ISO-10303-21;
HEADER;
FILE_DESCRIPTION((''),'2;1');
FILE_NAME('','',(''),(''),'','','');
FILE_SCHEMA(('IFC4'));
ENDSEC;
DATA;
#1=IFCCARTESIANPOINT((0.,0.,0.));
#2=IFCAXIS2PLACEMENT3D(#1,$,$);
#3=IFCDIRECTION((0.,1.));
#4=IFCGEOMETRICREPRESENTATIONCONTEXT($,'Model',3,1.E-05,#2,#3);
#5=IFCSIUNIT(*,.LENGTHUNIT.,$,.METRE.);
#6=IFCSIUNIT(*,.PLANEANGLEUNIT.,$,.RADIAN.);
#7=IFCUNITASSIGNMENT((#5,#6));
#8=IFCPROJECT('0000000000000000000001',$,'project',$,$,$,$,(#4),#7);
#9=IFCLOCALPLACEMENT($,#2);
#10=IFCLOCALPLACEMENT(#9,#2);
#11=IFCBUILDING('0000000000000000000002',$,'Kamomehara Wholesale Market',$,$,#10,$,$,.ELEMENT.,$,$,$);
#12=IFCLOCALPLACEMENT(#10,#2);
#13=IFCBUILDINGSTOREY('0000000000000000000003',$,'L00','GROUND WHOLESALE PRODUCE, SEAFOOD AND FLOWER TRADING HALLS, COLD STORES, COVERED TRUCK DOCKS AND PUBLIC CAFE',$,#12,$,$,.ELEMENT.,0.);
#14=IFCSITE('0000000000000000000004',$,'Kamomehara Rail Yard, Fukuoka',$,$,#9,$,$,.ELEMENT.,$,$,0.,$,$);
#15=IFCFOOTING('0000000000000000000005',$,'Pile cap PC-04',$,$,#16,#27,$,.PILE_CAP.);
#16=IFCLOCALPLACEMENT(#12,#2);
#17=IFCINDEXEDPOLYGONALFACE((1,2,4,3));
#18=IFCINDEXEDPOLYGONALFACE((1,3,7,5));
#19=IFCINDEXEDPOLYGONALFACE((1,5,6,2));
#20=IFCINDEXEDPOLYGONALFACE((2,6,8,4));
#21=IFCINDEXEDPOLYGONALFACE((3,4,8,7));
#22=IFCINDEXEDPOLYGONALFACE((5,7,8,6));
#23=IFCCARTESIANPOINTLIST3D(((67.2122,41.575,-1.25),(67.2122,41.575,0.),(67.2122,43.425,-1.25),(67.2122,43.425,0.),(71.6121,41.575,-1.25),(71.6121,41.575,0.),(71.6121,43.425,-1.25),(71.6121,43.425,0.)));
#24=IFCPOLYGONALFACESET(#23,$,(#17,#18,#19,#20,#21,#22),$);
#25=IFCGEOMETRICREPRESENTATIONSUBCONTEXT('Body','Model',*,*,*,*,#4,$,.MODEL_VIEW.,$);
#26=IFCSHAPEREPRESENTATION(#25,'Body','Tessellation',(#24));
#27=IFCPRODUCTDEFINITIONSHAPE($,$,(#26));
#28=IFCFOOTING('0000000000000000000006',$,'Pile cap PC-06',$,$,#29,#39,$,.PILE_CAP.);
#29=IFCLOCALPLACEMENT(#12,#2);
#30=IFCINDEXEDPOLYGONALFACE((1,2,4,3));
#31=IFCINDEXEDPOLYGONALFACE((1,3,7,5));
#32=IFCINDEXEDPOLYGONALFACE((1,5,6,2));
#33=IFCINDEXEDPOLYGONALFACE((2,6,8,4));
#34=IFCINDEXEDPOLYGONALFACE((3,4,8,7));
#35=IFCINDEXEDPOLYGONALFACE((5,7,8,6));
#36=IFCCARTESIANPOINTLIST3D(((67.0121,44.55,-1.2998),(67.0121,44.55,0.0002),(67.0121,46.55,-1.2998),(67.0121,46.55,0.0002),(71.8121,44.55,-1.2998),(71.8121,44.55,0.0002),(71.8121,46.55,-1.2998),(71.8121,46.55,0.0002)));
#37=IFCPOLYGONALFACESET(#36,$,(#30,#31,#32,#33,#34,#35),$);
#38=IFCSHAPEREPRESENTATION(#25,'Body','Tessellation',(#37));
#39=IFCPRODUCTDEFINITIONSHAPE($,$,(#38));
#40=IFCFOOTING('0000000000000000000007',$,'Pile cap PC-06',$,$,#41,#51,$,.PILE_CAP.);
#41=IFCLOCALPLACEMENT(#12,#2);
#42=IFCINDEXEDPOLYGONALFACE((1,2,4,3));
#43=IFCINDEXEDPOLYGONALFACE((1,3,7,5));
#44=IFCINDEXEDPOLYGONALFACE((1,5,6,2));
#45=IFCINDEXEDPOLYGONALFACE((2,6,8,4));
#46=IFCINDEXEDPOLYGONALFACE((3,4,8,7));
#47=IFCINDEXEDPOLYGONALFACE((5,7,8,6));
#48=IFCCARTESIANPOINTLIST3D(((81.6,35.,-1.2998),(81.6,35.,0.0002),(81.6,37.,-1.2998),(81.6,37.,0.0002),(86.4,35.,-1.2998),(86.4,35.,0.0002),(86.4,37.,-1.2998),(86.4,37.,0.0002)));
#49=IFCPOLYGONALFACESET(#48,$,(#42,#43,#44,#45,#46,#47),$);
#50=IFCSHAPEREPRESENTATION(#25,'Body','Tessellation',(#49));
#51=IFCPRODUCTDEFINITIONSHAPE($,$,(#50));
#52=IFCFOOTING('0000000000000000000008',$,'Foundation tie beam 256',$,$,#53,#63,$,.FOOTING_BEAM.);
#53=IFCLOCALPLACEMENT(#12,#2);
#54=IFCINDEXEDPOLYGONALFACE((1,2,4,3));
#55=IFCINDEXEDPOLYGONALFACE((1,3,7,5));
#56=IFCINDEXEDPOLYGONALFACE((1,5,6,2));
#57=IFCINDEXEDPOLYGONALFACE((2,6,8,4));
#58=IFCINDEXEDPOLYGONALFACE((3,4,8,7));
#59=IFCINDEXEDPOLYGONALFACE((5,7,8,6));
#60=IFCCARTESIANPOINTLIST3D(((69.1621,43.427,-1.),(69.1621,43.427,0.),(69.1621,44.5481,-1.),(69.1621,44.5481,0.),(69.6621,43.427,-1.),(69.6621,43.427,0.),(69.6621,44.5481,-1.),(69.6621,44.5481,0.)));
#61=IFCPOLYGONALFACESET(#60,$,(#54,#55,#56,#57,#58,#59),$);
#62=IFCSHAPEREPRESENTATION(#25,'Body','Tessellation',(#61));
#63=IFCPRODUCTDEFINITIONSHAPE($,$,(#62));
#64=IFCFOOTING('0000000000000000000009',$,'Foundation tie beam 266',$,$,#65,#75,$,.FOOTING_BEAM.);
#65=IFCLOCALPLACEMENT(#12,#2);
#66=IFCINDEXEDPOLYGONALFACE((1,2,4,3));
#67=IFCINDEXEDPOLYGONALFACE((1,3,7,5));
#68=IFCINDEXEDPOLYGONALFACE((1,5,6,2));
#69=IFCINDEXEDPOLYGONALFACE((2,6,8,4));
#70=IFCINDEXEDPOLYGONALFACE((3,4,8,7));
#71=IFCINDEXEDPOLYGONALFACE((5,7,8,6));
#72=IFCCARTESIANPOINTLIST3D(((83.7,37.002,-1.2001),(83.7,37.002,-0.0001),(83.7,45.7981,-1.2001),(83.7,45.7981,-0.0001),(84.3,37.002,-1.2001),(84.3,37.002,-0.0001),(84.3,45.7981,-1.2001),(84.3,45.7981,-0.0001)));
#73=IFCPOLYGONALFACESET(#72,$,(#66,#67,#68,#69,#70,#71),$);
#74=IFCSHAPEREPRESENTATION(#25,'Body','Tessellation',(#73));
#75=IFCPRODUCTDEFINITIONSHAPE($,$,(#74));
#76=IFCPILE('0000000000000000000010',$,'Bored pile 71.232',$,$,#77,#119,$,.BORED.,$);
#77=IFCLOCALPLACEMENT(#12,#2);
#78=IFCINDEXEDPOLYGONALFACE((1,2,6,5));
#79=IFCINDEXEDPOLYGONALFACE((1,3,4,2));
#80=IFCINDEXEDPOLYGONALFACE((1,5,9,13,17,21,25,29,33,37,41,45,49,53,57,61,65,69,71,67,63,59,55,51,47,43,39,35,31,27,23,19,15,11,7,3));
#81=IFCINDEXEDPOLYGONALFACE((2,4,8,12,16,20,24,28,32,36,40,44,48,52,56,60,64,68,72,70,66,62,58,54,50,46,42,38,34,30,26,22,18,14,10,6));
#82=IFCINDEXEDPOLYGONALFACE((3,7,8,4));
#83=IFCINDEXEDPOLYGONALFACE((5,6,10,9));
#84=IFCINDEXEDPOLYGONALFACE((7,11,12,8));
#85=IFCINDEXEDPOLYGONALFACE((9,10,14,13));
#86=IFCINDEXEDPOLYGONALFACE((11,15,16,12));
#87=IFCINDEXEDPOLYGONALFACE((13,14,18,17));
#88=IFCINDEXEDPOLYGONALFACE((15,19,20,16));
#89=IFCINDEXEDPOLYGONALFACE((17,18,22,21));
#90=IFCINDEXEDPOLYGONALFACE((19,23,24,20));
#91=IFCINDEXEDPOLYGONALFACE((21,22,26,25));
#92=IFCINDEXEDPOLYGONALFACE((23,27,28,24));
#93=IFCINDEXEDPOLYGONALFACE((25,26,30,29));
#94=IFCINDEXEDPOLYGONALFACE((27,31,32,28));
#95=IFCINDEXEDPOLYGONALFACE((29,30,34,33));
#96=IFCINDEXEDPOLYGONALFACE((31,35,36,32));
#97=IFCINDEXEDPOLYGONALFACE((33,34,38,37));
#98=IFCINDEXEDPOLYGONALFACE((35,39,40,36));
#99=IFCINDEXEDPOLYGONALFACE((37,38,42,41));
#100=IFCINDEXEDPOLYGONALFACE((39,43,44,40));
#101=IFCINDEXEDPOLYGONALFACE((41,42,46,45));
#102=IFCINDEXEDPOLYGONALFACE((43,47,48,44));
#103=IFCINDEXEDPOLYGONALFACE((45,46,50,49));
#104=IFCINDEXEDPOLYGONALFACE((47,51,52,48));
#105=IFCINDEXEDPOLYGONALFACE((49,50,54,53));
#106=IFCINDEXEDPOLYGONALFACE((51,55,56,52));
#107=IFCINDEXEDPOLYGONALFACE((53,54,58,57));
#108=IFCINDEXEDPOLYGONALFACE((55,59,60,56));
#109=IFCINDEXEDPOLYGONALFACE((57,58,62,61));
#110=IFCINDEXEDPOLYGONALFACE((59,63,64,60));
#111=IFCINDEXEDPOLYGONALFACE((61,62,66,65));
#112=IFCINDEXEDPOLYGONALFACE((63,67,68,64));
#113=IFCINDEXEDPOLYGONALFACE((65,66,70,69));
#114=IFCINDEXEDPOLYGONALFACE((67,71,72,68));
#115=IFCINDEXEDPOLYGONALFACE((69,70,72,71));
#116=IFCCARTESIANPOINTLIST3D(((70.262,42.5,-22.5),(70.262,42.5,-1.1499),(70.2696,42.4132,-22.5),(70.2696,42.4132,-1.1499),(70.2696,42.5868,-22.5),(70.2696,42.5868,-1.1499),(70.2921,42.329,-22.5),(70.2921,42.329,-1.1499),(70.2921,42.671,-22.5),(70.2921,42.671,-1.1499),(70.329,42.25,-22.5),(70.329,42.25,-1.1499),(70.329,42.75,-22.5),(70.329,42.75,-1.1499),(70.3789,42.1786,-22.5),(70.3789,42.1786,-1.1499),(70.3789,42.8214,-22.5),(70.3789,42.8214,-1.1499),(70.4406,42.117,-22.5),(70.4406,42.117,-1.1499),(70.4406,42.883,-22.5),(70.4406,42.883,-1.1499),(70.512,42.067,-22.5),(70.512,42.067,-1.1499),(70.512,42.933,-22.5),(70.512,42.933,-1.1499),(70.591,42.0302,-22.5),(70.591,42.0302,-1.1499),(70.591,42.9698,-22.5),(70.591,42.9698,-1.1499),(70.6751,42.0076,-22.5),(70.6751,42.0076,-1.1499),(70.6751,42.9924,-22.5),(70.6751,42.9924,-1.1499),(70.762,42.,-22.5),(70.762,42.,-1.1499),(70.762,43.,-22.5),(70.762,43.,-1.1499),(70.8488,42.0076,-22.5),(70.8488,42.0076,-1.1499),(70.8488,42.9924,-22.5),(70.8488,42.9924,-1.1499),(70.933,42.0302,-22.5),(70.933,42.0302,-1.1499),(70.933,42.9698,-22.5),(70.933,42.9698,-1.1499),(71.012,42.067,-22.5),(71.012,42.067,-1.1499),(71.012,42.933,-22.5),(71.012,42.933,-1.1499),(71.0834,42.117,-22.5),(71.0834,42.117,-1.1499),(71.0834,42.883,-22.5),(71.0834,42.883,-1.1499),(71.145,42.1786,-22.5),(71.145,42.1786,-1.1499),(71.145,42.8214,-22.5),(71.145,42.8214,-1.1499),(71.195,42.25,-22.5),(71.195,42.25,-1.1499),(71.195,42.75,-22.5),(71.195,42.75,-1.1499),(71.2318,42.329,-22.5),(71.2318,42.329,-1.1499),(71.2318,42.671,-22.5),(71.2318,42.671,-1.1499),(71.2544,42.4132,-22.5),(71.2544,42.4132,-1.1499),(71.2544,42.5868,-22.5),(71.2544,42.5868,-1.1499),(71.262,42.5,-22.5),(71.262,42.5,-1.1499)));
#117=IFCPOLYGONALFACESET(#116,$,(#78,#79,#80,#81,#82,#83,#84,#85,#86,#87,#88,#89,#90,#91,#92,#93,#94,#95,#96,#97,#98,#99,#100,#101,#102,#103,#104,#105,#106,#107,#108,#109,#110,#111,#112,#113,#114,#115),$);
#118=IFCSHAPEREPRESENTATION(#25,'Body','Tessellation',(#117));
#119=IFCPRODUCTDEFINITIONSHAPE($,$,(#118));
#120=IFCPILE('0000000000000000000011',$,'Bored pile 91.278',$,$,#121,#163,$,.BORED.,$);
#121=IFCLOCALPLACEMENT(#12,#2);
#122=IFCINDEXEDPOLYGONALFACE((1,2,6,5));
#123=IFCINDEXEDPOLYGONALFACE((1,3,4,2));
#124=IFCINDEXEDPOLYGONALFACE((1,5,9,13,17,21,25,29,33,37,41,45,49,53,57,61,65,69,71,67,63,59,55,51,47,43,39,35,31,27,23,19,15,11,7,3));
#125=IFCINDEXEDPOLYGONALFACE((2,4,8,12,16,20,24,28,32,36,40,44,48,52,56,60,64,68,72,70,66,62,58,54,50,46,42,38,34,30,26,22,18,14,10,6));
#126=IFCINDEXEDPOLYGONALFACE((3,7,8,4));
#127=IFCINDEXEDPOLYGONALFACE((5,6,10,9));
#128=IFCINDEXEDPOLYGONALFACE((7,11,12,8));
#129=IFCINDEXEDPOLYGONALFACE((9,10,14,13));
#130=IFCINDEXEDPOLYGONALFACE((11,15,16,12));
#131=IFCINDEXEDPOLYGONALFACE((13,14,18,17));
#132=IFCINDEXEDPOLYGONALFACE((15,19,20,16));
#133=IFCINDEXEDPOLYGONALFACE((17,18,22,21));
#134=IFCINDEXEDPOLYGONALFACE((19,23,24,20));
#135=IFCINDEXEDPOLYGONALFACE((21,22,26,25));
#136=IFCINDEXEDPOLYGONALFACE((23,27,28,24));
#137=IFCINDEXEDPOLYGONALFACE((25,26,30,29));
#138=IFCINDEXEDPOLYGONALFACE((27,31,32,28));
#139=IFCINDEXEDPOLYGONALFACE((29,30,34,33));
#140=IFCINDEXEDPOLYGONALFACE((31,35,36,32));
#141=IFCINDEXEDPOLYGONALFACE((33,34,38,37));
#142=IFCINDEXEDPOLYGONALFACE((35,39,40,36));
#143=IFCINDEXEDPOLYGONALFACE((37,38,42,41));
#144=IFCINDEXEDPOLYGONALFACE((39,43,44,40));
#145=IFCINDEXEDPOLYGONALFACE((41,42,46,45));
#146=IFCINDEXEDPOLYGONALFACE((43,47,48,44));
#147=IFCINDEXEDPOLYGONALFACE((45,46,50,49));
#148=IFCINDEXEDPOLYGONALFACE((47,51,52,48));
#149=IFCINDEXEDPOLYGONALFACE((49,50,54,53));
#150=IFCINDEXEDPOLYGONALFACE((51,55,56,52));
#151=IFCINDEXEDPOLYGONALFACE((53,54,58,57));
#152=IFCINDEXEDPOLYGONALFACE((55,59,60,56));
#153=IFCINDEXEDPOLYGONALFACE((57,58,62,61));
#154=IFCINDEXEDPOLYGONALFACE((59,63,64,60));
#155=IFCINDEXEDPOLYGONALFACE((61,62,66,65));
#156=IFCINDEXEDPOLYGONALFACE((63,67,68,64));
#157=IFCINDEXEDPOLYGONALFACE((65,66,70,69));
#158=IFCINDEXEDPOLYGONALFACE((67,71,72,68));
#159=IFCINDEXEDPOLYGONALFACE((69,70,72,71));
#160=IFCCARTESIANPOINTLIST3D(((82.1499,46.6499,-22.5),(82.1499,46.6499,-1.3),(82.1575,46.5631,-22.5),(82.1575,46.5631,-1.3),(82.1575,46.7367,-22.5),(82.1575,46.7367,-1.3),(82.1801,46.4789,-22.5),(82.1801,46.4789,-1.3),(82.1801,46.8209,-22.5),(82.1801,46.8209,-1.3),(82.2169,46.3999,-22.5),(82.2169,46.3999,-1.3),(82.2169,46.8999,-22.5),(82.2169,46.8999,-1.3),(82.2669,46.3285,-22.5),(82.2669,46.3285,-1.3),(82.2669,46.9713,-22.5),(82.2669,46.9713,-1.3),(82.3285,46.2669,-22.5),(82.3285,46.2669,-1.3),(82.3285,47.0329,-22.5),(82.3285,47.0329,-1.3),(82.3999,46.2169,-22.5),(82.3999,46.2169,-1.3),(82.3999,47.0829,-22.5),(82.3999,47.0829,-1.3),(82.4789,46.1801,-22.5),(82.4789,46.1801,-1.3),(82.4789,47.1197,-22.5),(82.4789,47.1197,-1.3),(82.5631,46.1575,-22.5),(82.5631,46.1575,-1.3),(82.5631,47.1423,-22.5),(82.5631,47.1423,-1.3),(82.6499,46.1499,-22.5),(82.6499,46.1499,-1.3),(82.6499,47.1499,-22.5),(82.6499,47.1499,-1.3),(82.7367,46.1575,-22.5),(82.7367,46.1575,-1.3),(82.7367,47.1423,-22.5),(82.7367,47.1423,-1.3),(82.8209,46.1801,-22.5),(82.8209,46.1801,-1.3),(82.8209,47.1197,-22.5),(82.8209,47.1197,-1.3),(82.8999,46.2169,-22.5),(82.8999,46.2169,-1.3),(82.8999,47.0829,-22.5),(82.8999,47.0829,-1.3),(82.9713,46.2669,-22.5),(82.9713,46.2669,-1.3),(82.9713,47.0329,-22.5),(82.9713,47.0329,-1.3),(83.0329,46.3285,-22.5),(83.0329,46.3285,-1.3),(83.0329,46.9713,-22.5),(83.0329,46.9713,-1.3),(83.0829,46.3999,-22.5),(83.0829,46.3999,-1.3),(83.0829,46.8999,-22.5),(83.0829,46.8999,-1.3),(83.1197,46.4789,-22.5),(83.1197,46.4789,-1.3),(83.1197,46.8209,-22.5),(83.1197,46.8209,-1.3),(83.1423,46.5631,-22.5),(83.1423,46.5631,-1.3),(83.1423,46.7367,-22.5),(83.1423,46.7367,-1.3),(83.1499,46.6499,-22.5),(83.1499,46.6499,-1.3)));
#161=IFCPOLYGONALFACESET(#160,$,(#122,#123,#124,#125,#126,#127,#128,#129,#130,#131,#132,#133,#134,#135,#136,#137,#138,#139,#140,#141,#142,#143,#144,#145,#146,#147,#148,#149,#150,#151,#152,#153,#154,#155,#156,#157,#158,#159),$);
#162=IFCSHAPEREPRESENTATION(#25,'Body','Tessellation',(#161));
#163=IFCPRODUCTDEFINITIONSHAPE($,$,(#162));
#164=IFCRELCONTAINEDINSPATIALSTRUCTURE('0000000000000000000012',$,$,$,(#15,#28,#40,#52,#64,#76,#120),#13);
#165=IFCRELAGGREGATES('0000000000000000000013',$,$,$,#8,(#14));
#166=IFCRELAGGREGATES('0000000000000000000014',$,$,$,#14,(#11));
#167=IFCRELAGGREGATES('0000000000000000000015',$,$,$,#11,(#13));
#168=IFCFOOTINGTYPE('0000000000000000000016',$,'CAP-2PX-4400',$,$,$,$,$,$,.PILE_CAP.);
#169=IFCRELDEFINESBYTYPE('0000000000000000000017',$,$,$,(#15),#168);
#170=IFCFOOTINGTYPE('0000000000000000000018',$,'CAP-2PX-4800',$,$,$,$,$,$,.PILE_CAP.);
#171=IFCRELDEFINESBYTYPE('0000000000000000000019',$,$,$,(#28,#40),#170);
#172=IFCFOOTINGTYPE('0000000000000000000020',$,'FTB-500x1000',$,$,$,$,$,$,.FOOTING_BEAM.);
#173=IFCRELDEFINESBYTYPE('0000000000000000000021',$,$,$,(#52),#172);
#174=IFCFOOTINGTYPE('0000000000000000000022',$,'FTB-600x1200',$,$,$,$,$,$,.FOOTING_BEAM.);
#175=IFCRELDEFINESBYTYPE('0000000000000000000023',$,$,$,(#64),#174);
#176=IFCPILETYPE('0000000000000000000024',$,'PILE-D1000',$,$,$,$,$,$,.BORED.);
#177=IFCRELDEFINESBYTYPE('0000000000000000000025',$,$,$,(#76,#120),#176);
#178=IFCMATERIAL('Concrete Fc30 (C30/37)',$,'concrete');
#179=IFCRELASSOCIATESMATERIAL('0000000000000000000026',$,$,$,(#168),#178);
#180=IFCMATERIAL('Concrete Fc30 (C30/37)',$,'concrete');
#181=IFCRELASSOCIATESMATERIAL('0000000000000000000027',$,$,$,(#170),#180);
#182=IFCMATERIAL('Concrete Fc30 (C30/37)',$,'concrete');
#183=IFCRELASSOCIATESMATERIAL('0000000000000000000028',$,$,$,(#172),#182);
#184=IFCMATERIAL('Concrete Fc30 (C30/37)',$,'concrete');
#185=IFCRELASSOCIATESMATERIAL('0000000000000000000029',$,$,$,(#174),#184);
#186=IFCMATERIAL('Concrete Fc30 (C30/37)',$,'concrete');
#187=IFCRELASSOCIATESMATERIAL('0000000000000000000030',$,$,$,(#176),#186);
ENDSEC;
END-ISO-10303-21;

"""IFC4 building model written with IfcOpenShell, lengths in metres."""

from ifc_helpers import new_model, si_unit, direction, frame, origin, origin_2d, place, context, subcontext, project, spatial, rectangle, circle, extrude, material, material_profile, profile_set, type_object, element, save


model = new_model("IFC4")

# Units and contexts
model_context = context("Model", 3, precision=1e-05, world=origin(), true_north=direction((0.0, 1.0)))
body_context = subcontext(model_context, "Body", "Model", "MODEL_VIEW")
ifc_project = project(units=[si_unit("LENGTHUNIT", "METRE"), si_unit("PLANEANGLEUNIT", "RADIAN")], contexts=[model_context])

# Site, building, storey
site_placement = place(None, origin())
site = spatial("IfcSite", under=ifc_project, at=site_placement, Name="Kamomehara Rail Yard, Fukuoka", CompositionType="ELEMENT", RefElevation=0.0)
building_placement = place(site_placement, origin())
building = spatial("IfcBuilding", under=site, at=building_placement, Name="Kamomehara Wholesale Market", CompositionType="ELEMENT")
storey_placement = place(building_placement, origin())
storey = spatial("IfcBuildingStorey", under=building, at=storey_placement, Name="L00", Description="GROUND WHOLESALE PRODUCE, SEAFOOD AND FLOWER TRADING HALLS, COLD STORES, COVERED TRUCK DOCKS AND PUBLIC CAFE", CompositionType="ELEMENT", Elevation=0.0)

# Footings
ifc_material_1 = material(Name="Concrete Fc30 (C30/37)", Category="concrete")
footing_type_1 = type_object("IfcFootingType", Name="CAP-2PX-4400", PredefinedType="PILE_CAP", material=ifc_material_1)
footing_1_placement = place(storey_placement, frame((69.4121, 42.5, -1.25), z_axis=(0.0, 0.0, 1.0), x_axis=(1.0, 0.0, 0.0)))
element("IfcFooting", 1, at=footing_1_placement, inside=storey, type_object=footing_type_1, Name="Pile cap PC-04", PredefinedType="PILE_CAP", context=body_context, shape_type="SweptSolid", body=[
    extrude(rectangle(XDim=4.3999, YDim=1.8501, at=origin_2d()), origin(), (0.0, 0.0, 1.0), 1.25),
])
ifc_material_2 = material(Name="Concrete Fc30 (C30/37)", Category="concrete")
footing_type_2 = type_object("IfcFootingType", Name="CAP-2PX-4800", PredefinedType="PILE_CAP", material=ifc_material_2)
for number, where, z_axis, x_axis, name in (
    (2, (69.4121, 45.55, -1.2998), (0.0, 0.0, 1.0), (1.0, 0.0, 0.0), "Pile cap PC-06"),
    (3, (84.0, 36.0, -1.2998), (0.0, 0.0, 1.0), (1.0, 0.0, 0.0), "Pile cap PC-06"),
):
    element("IfcFooting", number, at=place(storey_placement, frame(where, z_axis=z_axis, x_axis=x_axis)), inside=storey, type_object=footing_type_2, Name=name, PredefinedType="PILE_CAP", context=body_context, shape_type="SweptSolid", body=[
        extrude(rectangle(XDim=4.8, YDim=2.0, at=origin_2d()), origin(), (0.0, 0.0, 1.0), 1.3),
    ])
ifc_material_3 = material(Name="Concrete Fc30 (C30/37)", Category="concrete")
ifc_material_profile_1 = material_profile(ifc_material_3, rectangle(XDim=0.5, YDim=1.0, at=origin_2d()), Name="RC-FTB-500x1000")
ifc_profile_set_1 = profile_set([ifc_material_profile_1], Name="Concrete Fc30 (C30/37)")
footing_type_3 = type_object("IfcFootingType", Name="FTB-500x1000", PredefinedType="FOOTING_BEAM", material=ifc_profile_set_1)
footing_2_placement = place(storey_placement, frame((69.4121, 43.427, -0.5), z_axis=(0.0, 1.0, 0.0), x_axis=(-1.0, 0.0, 0.0)))
element("IfcFooting", 4, at=footing_2_placement, inside=storey, type_object=footing_type_3, Name="Foundation tie beam 256", PredefinedType="FOOTING_BEAM", context=body_context, shape_type="SweptSolid", body=[
    extrude(rectangle(XDim=0.5, YDim=1.0, at=origin_2d()), origin(), (0.0, 0.0, 1.0), 1.1211),
])
ifc_material_4 = material(Name="Concrete Fc30 (C30/37)", Category="concrete")
ifc_material_profile_2 = material_profile(ifc_material_4, rectangle(XDim=0.6001, YDim=1.2, at=origin_2d()), Name="RC-FTB-600x1200")
ifc_profile_set_2 = profile_set([ifc_material_profile_2], Name="Concrete Fc30 (C30/37)")
footing_type_4 = type_object("IfcFootingType", Name="FTB-600x1200", PredefinedType="FOOTING_BEAM", material=ifc_profile_set_2)
footing_3_placement = place(storey_placement, frame((84.0, 37.002, -0.6001), z_axis=(0.0, 1.0, 0.0), x_axis=(-1.0, 0.0, 0.0)))
element("IfcFooting", 5, at=footing_3_placement, inside=storey, type_object=footing_type_4, Name="Foundation tie beam 266", PredefinedType="FOOTING_BEAM", context=body_context, shape_type="SweptSolid", body=[
    extrude(rectangle(XDim=0.6001, YDim=1.2, at=origin_2d()), origin(), (0.0, 0.0, 1.0), 8.7961),
])

# Piles
ifc_material_5 = material(Name="Concrete Fc30 (C30/37)", Category="concrete")
ifc_material_profile_3 = material_profile(ifc_material_5, circle(Radius=0.5, at=origin_2d()), Name="RC-PILE-D1000")
ifc_profile_set_3 = profile_set([ifc_material_profile_3], Name="Concrete Fc30 (C30/37)")
pile_type_1 = type_object("IfcPileType", Name="PILE-D1000", PredefinedType="BORED", material=ifc_profile_set_3)
pile_1_placement = place(storey_placement, frame((70.762, 42.5, -1.1499), z_axis=(0.0, 0.0, -1.0), x_axis=(1.0, 0.0, 0.0)))
element("IfcPile", 6, at=pile_1_placement, inside=storey, type_object=pile_type_1, Name="Bored pile 71.232", PredefinedType="BORED", context=body_context, shape_type="SweptSolid", body=[
    extrude(circle(Radius=0.5, at=origin_2d()), origin(), (0.0, 0.0, 1.0), 21.3501),
])
pile_2_placement = place(storey_placement, frame((82.6499, 46.6499, -1.3), z_axis=(0.0, 0.0, -1.0), x_axis=(1.0, 0.0, 0.0)))
element("IfcPile", 7, at=pile_2_placement, inside=storey, type_object=pile_type_1, Name="Bored pile 91.278", PredefinedType="BORED", context=body_context, shape_type="SweptSolid", body=[
    extrude(circle(Radius=0.5, at=origin_2d()), origin(), (0.0, 0.0, 1.0), 21.2),
])

save(model, "model.ifc")
